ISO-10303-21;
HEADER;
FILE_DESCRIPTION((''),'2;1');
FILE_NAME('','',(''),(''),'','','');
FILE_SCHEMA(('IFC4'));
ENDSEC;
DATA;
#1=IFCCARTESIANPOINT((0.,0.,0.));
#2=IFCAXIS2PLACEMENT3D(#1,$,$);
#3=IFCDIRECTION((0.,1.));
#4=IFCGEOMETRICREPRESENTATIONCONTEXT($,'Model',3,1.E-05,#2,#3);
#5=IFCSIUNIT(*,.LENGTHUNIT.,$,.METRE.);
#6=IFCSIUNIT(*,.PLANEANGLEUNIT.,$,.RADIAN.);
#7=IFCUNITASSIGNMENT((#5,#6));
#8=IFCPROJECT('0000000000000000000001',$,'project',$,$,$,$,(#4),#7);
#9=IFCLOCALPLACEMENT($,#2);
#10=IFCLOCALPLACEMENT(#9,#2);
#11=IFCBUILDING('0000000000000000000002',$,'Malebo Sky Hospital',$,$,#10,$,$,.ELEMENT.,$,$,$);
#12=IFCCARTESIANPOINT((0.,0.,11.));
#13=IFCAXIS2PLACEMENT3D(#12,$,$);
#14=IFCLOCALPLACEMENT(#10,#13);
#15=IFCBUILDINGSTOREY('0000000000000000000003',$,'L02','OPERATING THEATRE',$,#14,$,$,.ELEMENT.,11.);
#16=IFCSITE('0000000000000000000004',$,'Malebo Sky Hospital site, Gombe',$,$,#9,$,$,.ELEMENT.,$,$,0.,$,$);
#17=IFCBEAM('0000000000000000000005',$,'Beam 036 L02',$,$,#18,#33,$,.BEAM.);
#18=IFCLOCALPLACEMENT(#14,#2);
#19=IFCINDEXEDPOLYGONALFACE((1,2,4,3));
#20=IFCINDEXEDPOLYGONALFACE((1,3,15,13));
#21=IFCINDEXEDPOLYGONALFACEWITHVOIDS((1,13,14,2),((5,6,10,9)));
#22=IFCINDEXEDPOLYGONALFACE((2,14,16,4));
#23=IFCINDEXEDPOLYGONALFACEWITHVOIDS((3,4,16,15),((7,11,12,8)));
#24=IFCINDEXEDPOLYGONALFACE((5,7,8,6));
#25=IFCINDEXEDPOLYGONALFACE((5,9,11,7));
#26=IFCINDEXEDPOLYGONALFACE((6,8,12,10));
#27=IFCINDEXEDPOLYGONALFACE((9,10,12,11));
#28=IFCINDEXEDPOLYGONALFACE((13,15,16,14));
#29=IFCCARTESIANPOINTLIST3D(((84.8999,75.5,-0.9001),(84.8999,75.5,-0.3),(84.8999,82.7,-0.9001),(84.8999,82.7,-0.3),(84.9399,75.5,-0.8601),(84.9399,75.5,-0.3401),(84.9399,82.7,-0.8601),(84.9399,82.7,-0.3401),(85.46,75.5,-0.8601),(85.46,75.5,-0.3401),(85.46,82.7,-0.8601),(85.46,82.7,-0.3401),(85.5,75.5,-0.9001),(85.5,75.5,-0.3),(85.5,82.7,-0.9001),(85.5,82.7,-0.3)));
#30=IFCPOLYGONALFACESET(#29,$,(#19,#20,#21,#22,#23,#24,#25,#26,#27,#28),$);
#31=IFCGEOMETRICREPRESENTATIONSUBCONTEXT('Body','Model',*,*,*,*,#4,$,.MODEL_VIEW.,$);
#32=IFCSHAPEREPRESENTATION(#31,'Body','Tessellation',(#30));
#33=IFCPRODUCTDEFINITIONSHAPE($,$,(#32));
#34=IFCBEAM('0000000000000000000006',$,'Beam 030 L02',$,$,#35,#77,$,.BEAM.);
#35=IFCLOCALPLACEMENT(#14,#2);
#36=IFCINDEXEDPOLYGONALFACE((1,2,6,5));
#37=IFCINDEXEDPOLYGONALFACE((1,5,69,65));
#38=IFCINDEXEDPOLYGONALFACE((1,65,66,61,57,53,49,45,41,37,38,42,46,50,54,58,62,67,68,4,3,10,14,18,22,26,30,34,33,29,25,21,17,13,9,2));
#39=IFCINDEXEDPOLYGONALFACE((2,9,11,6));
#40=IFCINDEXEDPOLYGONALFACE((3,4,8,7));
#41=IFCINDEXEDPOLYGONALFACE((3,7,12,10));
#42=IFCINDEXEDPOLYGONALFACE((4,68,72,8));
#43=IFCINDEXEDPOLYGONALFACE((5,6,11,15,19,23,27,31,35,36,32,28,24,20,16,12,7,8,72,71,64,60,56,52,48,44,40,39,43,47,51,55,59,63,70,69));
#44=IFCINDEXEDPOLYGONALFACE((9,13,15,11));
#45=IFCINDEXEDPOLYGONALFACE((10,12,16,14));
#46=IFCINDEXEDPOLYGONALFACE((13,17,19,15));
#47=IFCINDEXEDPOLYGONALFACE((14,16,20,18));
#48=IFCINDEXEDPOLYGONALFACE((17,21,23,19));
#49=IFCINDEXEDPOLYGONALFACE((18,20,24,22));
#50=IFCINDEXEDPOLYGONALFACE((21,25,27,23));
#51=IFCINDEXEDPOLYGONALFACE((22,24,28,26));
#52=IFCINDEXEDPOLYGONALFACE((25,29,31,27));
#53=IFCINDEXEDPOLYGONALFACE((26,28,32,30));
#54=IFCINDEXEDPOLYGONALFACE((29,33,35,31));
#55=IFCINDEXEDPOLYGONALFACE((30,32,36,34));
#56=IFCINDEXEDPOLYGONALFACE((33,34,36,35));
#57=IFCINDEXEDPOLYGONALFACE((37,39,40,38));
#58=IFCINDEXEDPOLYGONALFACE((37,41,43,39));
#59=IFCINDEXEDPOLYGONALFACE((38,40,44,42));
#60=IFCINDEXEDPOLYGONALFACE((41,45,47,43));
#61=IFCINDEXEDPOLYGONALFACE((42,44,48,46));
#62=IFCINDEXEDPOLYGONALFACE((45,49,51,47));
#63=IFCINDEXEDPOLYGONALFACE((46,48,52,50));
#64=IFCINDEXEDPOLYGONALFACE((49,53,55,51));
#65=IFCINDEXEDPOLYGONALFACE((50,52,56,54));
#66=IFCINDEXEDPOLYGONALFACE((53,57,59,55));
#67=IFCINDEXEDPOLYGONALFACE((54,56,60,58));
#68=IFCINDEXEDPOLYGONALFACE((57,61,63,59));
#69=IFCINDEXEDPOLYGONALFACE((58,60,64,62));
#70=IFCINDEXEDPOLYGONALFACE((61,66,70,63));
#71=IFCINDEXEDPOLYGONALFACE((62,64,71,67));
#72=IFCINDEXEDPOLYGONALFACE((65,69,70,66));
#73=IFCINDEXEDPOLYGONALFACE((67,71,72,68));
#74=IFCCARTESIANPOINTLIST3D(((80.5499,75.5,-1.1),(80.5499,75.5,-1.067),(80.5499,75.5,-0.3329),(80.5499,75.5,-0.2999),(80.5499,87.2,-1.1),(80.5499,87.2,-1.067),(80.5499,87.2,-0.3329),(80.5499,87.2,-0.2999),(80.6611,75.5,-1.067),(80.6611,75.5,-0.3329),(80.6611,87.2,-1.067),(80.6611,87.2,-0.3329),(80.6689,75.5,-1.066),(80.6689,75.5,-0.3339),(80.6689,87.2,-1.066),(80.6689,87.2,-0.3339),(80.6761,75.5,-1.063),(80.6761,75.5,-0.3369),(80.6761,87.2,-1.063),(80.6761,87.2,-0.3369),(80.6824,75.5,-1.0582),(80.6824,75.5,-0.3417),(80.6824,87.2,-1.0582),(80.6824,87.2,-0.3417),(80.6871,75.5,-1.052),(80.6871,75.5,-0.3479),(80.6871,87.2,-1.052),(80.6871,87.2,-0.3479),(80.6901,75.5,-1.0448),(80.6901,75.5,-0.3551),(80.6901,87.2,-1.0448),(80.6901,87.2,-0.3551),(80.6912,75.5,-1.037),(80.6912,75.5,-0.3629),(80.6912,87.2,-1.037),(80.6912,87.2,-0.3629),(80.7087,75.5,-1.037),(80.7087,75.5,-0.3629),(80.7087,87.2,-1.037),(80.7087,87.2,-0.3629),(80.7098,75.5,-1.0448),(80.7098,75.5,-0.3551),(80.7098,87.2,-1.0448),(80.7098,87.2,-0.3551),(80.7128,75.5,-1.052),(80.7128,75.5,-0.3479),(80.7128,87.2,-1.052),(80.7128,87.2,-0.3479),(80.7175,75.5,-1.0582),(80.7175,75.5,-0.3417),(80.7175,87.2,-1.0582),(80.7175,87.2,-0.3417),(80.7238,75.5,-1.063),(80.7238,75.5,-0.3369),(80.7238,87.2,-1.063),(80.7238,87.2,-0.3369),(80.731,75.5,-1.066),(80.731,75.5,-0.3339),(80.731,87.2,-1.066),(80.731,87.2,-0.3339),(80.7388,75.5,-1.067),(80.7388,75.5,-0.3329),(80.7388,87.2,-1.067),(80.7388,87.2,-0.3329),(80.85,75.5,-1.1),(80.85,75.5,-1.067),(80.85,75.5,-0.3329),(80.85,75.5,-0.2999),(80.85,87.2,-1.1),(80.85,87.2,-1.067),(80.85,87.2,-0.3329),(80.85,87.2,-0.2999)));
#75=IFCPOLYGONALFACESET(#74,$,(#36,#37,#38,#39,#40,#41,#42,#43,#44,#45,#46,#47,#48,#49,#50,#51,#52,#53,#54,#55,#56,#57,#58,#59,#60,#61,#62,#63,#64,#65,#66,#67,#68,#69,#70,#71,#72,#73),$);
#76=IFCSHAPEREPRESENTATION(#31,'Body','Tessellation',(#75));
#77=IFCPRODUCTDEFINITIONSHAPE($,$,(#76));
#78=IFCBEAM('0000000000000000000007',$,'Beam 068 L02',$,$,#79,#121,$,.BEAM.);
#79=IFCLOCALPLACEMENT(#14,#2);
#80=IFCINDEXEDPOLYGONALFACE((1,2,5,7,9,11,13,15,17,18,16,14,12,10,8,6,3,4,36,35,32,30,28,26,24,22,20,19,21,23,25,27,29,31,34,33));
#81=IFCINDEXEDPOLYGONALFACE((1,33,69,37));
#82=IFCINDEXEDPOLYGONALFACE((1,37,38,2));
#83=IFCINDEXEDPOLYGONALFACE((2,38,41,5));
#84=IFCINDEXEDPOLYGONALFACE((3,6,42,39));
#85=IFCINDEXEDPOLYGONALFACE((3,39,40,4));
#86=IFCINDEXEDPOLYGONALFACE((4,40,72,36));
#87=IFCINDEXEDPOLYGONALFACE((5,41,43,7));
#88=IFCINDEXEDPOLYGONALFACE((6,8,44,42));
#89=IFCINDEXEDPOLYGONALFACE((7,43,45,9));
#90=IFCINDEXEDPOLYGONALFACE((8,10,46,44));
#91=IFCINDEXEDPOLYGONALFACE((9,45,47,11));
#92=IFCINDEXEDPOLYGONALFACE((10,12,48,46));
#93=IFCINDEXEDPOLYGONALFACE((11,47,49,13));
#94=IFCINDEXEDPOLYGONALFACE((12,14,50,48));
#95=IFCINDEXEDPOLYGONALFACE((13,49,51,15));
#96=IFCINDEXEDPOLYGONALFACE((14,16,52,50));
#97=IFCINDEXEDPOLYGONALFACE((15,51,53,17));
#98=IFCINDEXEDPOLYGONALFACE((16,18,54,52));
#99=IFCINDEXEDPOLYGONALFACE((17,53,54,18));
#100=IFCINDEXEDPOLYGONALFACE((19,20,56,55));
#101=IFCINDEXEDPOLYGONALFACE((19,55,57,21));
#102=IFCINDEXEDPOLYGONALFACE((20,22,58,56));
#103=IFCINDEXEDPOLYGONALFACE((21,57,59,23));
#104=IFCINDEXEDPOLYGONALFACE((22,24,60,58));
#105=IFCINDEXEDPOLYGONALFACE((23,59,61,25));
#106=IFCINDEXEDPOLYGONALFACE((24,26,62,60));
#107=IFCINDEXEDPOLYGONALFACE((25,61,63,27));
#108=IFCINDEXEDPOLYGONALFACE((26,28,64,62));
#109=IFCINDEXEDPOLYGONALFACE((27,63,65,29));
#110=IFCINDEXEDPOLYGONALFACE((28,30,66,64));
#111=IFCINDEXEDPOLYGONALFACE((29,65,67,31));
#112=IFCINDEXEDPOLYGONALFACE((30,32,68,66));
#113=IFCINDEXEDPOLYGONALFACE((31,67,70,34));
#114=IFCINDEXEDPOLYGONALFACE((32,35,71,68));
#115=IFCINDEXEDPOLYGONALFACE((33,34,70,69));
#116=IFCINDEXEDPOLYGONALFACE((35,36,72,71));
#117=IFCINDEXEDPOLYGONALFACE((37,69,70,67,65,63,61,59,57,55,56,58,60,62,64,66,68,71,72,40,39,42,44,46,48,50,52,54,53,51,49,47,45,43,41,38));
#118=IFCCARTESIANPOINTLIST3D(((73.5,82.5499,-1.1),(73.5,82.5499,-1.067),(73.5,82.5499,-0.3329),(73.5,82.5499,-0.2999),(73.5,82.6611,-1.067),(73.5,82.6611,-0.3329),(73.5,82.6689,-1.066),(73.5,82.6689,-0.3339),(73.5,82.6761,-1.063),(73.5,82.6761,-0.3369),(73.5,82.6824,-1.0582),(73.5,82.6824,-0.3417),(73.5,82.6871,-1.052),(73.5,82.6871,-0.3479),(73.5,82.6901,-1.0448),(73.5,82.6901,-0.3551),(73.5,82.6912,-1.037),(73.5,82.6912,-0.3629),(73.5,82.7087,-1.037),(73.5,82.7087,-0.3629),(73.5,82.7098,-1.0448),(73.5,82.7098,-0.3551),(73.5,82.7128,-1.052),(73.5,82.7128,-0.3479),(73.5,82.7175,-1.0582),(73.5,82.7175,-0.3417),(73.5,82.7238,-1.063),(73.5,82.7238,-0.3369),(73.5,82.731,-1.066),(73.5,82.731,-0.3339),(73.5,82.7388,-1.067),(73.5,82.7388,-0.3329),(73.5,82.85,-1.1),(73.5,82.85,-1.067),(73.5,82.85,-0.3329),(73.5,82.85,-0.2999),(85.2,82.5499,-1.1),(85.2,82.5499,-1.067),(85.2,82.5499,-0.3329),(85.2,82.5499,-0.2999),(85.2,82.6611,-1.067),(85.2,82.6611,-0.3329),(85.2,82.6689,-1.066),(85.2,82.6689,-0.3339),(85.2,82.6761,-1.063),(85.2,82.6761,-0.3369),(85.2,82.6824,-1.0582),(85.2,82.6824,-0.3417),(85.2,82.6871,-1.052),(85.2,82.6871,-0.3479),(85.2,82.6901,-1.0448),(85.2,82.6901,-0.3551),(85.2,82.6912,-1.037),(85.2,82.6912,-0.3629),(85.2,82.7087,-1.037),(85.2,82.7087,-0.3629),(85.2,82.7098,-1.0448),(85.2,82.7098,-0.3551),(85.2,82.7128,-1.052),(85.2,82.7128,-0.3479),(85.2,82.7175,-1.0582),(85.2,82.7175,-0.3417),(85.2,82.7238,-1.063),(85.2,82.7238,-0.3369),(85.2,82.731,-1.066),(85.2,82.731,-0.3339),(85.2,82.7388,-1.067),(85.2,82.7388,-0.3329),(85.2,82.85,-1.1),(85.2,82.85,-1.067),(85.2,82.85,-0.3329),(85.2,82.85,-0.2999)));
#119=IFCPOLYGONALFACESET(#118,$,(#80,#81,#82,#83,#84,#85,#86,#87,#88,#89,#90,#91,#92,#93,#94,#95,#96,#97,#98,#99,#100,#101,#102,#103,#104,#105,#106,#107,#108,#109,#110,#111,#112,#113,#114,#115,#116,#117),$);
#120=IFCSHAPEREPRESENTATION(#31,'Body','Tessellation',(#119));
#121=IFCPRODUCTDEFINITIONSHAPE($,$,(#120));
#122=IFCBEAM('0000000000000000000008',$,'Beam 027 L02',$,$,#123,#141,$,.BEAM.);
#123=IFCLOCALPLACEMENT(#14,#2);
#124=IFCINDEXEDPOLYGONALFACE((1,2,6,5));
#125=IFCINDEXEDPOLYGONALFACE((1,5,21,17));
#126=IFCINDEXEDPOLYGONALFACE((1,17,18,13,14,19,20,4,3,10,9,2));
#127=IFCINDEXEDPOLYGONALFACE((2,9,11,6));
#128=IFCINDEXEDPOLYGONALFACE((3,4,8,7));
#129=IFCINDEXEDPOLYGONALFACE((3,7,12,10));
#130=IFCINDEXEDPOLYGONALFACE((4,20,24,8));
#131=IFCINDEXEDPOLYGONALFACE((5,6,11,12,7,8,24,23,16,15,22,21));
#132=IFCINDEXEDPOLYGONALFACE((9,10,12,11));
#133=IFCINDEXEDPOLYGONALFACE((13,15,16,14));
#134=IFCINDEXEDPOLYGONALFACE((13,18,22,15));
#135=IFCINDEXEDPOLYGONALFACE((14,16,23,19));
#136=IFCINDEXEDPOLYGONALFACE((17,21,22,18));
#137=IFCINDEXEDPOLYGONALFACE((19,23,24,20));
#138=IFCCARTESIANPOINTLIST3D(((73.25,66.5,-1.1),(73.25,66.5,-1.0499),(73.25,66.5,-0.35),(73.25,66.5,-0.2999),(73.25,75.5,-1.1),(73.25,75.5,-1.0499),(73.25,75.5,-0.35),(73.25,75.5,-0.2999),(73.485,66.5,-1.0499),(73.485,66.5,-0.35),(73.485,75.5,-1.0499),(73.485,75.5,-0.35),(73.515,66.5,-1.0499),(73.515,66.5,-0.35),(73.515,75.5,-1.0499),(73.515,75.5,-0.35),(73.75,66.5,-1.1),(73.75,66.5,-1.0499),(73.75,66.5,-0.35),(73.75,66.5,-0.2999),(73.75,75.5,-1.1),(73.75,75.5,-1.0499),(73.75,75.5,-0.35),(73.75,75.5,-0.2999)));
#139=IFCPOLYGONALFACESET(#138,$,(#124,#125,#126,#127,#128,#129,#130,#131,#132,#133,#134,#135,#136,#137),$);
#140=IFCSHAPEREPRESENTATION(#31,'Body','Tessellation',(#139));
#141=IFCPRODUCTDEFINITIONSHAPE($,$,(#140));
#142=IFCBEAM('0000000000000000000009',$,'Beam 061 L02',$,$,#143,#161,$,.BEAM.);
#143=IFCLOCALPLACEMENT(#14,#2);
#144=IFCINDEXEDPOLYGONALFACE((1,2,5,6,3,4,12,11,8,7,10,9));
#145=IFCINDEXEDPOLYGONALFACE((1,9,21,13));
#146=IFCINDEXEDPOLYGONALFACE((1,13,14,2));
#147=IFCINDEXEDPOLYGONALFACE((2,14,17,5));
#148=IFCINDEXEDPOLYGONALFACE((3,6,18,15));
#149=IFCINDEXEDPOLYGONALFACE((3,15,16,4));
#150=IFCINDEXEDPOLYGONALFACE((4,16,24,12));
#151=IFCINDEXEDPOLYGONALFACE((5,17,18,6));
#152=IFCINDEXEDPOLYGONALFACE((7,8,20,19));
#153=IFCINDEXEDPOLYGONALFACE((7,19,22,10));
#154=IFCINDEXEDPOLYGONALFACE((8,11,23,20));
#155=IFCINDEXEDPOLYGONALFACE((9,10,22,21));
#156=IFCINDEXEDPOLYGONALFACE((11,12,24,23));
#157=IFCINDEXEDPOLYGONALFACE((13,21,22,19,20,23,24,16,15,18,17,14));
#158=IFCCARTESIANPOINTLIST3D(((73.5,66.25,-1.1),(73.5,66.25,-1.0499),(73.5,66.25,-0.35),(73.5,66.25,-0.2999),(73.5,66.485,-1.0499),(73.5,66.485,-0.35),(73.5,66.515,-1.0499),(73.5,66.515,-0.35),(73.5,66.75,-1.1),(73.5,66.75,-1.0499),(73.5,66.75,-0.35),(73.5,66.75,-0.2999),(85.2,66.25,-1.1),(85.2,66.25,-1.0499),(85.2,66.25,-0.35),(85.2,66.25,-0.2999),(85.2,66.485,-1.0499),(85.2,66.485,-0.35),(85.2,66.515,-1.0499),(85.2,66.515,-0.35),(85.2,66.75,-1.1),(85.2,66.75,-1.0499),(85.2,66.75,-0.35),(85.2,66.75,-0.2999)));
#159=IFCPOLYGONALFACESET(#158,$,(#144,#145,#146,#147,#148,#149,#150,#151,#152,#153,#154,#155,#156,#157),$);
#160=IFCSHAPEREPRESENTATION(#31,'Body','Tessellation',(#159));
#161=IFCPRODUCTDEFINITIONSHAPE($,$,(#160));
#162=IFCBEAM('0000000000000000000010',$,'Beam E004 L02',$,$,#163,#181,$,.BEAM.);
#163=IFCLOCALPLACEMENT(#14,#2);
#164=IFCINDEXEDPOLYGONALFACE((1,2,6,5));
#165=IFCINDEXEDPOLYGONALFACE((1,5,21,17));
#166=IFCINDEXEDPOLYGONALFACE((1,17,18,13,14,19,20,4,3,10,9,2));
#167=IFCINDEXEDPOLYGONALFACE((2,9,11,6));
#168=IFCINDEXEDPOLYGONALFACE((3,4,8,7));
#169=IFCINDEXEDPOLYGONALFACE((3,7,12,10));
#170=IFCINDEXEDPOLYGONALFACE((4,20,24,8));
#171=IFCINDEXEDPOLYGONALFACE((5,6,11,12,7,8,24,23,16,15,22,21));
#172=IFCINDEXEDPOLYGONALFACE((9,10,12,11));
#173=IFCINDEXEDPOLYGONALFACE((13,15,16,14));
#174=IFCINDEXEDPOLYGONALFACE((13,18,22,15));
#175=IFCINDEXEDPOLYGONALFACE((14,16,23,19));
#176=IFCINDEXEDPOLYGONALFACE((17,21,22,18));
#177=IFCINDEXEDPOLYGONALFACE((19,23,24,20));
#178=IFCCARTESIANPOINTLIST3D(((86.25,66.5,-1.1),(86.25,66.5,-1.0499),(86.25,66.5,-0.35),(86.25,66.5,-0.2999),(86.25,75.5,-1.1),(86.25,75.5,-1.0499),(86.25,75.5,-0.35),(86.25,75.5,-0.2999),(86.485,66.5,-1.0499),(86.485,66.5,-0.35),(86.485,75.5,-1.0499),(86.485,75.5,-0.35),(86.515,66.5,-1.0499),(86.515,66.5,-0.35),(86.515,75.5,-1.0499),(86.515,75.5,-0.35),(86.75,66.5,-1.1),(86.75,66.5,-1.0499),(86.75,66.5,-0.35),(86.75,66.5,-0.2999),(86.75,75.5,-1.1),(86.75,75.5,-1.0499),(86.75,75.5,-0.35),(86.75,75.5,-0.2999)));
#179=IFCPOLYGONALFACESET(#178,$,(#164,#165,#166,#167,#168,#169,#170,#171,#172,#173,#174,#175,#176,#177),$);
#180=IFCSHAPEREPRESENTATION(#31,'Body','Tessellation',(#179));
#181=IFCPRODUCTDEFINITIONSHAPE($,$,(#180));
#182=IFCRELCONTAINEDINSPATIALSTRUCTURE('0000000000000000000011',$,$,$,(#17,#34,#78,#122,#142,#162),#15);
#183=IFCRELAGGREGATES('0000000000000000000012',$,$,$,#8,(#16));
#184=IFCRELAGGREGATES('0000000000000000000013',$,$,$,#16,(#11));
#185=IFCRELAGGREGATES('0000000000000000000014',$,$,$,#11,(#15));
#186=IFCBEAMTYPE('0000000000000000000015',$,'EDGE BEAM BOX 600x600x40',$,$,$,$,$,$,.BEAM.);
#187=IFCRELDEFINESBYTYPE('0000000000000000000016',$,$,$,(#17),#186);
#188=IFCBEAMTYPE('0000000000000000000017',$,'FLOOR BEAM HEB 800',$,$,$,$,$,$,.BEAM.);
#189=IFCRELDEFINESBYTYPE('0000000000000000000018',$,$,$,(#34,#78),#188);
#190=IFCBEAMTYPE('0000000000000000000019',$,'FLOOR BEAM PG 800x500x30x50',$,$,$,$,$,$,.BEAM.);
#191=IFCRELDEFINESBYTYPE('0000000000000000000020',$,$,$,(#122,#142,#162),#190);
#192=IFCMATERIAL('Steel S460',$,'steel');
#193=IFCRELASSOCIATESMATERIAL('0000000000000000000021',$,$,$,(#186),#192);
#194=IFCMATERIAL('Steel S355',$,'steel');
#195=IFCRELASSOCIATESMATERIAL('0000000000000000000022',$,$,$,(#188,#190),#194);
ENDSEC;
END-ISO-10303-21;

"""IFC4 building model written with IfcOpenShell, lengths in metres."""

from ifc_helpers import new_model, si_unit, direction, frame, origin, origin_2d, place, context, subcontext, project, spatial, hollow_rectangle, i_section, extrude, material, material_profile, profile_set, type_object, element, save


model = new_model("IFC4")

# Units and contexts
model_context = context("Model", 3, precision=1e-05, world=origin(), true_north=direction((0.0, 1.0)))
body_context = subcontext(model_context, "Body", "Model", "MODEL_VIEW")
ifc_project = project(units=[si_unit("LENGTHUNIT", "METRE"), si_unit("PLANEANGLEUNIT", "RADIAN")], contexts=[model_context])

# Site, building, storey
site_placement = place(None, origin())
site = spatial("IfcSite", under=ifc_project, at=site_placement, Name="Malebo Sky Hospital site, Gombe", CompositionType="ELEMENT", RefElevation=0.0)
building_placement = place(site_placement, origin())
building = spatial("IfcBuilding", under=site, at=building_placement, Name="Malebo Sky Hospital", CompositionType="ELEMENT")
storey_placement = place(building_placement, frame((0.0, 0.0, 11.0)))
storey = spatial("IfcBuildingStorey", under=building, at=storey_placement, Name="L02", Description="OPERATING THEATRE", CompositionType="ELEMENT", Elevation=11.0)

# Shared definitions
ifc_material_1 = material(Name="Steel S460", Category="steel")
ifc_material_2 = material(Name="Steel S355", Category="steel")

# Beams
ifc_material_profile_1 = material_profile(ifc_material_1, hollow_rectangle(XDim=0.6001, YDim=0.6001, WallThickness=0.04, at=origin_2d()), Name="BOX 600x600x40")
ifc_profile_set_1 = profile_set([ifc_material_profile_1], Name="Steel S460")
beam_type_1 = type_object("IfcBeamType", Name="EDGE BEAM BOX 600x600x40", PredefinedType="BEAM", material=ifc_profile_set_1)
beam_1_placement = place(storey_placement, frame((85.2, 75.5, -0.6001), z_axis=(0.0, 1.0, 0.0), x_axis=(-1.0, 0.0, 0.0)))
element("IfcBeam", 1, at=beam_1_placement, inside=storey, type_object=beam_type_1, Name="Beam 036 L02", PredefinedType="BEAM", context=body_context, shape_type="SweptSolid", body=[
    extrude(hollow_rectangle(XDim=0.6001, YDim=0.6001, WallThickness=0.04, at=origin_2d()), origin(), (0.0, 0.0, 1.0), 7.2),
])
ifc_material_profile_2 = material_profile(ifc_material_2, i_section(OverallWidth=0.3, OverallDepth=0.8, WebThickness=0.0176, FlangeThickness=0.033, FilletRadius=0.03, at=origin_2d()), Name="HEB 800")
ifc_profile_set_2 = profile_set([ifc_material_profile_2], Name="Steel S355")
beam_type_2 = type_object("IfcBeamType", Name="FLOOR BEAM HEB 800", PredefinedType="BEAM", material=ifc_profile_set_2)
for number, where, z_axis, x_axis, name in (
    (2, (80.7, 75.5, -0.7), (0.0, 1.0, 0.0), (-1.0, 0.0, 0.0), "Beam 030 L02"),
    (3, (73.5, 82.7, -0.7), (1.0, 0.0, 0.0), (0.0, 1.0, 0.0), "Beam 068 L02"),
):
    element("IfcBeam", number, at=place(storey_placement, frame(where, z_axis=z_axis, x_axis=x_axis)), inside=storey, type_object=beam_type_2, Name=name, PredefinedType="BEAM", context=body_context, shape_type="SweptSolid", body=[
        extrude(i_section(OverallWidth=0.3, OverallDepth=0.8, WebThickness=0.0176, FlangeThickness=0.033, FilletRadius=0.03, at=origin_2d()), origin(), (0.0, 0.0, 1.0), 11.7),
    ])
ifc_material_profile_3 = material_profile(ifc_material_2, i_section(OverallWidth=0.5, OverallDepth=0.8, WebThickness=0.03, FlangeThickness=0.05, at=origin_2d()), Name="PG 800x500x30x50")
ifc_profile_set_3 = profile_set([ifc_material_profile_3], Name="Steel S355")
beam_type_3 = type_object("IfcBeamType", Name="FLOOR BEAM PG 800x500x30x50", PredefinedType="BEAM", material=ifc_profile_set_3)
beam_2_placement = place(storey_placement, frame((73.5, 66.5, -0.7), z_axis=(0.0, 1.0, 0.0), x_axis=(-1.0, 0.0, 0.0)))
element("IfcBeam", 4, at=beam_2_placement, inside=storey, type_object=beam_type_3, Name="Beam 027 L02", PredefinedType="BEAM", context=body_context, shape_type="SweptSolid", body=[
    extrude(i_section(OverallWidth=0.5, OverallDepth=0.8, WebThickness=0.03, FlangeThickness=0.05, at=origin_2d()), origin(), (0.0, 0.0, 1.0), 9.0),
])
beam_3_placement = place(storey_placement, frame((73.5, 66.5, -0.7), z_axis=(1.0, 0.0, 0.0), x_axis=(0.0, 1.0, 0.0)))
element("IfcBeam", 5, at=beam_3_placement, inside=storey, type_object=beam_type_3, Name="Beam 061 L02", PredefinedType="BEAM", context=body_context, shape_type="SweptSolid", body=[
    extrude(i_section(OverallWidth=0.5, OverallDepth=0.8, WebThickness=0.03, FlangeThickness=0.05, at=origin_2d()), origin(), (0.0, 0.0, 1.0), 11.7),
])
beam_4_placement = place(storey_placement, frame((86.5, 66.5, -0.7), z_axis=(0.0, 1.0, 0.0), x_axis=(-1.0, 0.0, 0.0)))
element("IfcBeam", 6, at=beam_4_placement, inside=storey, type_object=beam_type_3, Name="Beam E004 L02", PredefinedType="BEAM", context=body_context, shape_type="SweptSolid", body=[
    extrude(i_section(OverallWidth=0.5, OverallDepth=0.8, WebThickness=0.03, FlangeThickness=0.05, at=origin_2d()), origin(), (0.0, 0.0, 1.0), 9.0),
])

save(model, "model.ifc")
